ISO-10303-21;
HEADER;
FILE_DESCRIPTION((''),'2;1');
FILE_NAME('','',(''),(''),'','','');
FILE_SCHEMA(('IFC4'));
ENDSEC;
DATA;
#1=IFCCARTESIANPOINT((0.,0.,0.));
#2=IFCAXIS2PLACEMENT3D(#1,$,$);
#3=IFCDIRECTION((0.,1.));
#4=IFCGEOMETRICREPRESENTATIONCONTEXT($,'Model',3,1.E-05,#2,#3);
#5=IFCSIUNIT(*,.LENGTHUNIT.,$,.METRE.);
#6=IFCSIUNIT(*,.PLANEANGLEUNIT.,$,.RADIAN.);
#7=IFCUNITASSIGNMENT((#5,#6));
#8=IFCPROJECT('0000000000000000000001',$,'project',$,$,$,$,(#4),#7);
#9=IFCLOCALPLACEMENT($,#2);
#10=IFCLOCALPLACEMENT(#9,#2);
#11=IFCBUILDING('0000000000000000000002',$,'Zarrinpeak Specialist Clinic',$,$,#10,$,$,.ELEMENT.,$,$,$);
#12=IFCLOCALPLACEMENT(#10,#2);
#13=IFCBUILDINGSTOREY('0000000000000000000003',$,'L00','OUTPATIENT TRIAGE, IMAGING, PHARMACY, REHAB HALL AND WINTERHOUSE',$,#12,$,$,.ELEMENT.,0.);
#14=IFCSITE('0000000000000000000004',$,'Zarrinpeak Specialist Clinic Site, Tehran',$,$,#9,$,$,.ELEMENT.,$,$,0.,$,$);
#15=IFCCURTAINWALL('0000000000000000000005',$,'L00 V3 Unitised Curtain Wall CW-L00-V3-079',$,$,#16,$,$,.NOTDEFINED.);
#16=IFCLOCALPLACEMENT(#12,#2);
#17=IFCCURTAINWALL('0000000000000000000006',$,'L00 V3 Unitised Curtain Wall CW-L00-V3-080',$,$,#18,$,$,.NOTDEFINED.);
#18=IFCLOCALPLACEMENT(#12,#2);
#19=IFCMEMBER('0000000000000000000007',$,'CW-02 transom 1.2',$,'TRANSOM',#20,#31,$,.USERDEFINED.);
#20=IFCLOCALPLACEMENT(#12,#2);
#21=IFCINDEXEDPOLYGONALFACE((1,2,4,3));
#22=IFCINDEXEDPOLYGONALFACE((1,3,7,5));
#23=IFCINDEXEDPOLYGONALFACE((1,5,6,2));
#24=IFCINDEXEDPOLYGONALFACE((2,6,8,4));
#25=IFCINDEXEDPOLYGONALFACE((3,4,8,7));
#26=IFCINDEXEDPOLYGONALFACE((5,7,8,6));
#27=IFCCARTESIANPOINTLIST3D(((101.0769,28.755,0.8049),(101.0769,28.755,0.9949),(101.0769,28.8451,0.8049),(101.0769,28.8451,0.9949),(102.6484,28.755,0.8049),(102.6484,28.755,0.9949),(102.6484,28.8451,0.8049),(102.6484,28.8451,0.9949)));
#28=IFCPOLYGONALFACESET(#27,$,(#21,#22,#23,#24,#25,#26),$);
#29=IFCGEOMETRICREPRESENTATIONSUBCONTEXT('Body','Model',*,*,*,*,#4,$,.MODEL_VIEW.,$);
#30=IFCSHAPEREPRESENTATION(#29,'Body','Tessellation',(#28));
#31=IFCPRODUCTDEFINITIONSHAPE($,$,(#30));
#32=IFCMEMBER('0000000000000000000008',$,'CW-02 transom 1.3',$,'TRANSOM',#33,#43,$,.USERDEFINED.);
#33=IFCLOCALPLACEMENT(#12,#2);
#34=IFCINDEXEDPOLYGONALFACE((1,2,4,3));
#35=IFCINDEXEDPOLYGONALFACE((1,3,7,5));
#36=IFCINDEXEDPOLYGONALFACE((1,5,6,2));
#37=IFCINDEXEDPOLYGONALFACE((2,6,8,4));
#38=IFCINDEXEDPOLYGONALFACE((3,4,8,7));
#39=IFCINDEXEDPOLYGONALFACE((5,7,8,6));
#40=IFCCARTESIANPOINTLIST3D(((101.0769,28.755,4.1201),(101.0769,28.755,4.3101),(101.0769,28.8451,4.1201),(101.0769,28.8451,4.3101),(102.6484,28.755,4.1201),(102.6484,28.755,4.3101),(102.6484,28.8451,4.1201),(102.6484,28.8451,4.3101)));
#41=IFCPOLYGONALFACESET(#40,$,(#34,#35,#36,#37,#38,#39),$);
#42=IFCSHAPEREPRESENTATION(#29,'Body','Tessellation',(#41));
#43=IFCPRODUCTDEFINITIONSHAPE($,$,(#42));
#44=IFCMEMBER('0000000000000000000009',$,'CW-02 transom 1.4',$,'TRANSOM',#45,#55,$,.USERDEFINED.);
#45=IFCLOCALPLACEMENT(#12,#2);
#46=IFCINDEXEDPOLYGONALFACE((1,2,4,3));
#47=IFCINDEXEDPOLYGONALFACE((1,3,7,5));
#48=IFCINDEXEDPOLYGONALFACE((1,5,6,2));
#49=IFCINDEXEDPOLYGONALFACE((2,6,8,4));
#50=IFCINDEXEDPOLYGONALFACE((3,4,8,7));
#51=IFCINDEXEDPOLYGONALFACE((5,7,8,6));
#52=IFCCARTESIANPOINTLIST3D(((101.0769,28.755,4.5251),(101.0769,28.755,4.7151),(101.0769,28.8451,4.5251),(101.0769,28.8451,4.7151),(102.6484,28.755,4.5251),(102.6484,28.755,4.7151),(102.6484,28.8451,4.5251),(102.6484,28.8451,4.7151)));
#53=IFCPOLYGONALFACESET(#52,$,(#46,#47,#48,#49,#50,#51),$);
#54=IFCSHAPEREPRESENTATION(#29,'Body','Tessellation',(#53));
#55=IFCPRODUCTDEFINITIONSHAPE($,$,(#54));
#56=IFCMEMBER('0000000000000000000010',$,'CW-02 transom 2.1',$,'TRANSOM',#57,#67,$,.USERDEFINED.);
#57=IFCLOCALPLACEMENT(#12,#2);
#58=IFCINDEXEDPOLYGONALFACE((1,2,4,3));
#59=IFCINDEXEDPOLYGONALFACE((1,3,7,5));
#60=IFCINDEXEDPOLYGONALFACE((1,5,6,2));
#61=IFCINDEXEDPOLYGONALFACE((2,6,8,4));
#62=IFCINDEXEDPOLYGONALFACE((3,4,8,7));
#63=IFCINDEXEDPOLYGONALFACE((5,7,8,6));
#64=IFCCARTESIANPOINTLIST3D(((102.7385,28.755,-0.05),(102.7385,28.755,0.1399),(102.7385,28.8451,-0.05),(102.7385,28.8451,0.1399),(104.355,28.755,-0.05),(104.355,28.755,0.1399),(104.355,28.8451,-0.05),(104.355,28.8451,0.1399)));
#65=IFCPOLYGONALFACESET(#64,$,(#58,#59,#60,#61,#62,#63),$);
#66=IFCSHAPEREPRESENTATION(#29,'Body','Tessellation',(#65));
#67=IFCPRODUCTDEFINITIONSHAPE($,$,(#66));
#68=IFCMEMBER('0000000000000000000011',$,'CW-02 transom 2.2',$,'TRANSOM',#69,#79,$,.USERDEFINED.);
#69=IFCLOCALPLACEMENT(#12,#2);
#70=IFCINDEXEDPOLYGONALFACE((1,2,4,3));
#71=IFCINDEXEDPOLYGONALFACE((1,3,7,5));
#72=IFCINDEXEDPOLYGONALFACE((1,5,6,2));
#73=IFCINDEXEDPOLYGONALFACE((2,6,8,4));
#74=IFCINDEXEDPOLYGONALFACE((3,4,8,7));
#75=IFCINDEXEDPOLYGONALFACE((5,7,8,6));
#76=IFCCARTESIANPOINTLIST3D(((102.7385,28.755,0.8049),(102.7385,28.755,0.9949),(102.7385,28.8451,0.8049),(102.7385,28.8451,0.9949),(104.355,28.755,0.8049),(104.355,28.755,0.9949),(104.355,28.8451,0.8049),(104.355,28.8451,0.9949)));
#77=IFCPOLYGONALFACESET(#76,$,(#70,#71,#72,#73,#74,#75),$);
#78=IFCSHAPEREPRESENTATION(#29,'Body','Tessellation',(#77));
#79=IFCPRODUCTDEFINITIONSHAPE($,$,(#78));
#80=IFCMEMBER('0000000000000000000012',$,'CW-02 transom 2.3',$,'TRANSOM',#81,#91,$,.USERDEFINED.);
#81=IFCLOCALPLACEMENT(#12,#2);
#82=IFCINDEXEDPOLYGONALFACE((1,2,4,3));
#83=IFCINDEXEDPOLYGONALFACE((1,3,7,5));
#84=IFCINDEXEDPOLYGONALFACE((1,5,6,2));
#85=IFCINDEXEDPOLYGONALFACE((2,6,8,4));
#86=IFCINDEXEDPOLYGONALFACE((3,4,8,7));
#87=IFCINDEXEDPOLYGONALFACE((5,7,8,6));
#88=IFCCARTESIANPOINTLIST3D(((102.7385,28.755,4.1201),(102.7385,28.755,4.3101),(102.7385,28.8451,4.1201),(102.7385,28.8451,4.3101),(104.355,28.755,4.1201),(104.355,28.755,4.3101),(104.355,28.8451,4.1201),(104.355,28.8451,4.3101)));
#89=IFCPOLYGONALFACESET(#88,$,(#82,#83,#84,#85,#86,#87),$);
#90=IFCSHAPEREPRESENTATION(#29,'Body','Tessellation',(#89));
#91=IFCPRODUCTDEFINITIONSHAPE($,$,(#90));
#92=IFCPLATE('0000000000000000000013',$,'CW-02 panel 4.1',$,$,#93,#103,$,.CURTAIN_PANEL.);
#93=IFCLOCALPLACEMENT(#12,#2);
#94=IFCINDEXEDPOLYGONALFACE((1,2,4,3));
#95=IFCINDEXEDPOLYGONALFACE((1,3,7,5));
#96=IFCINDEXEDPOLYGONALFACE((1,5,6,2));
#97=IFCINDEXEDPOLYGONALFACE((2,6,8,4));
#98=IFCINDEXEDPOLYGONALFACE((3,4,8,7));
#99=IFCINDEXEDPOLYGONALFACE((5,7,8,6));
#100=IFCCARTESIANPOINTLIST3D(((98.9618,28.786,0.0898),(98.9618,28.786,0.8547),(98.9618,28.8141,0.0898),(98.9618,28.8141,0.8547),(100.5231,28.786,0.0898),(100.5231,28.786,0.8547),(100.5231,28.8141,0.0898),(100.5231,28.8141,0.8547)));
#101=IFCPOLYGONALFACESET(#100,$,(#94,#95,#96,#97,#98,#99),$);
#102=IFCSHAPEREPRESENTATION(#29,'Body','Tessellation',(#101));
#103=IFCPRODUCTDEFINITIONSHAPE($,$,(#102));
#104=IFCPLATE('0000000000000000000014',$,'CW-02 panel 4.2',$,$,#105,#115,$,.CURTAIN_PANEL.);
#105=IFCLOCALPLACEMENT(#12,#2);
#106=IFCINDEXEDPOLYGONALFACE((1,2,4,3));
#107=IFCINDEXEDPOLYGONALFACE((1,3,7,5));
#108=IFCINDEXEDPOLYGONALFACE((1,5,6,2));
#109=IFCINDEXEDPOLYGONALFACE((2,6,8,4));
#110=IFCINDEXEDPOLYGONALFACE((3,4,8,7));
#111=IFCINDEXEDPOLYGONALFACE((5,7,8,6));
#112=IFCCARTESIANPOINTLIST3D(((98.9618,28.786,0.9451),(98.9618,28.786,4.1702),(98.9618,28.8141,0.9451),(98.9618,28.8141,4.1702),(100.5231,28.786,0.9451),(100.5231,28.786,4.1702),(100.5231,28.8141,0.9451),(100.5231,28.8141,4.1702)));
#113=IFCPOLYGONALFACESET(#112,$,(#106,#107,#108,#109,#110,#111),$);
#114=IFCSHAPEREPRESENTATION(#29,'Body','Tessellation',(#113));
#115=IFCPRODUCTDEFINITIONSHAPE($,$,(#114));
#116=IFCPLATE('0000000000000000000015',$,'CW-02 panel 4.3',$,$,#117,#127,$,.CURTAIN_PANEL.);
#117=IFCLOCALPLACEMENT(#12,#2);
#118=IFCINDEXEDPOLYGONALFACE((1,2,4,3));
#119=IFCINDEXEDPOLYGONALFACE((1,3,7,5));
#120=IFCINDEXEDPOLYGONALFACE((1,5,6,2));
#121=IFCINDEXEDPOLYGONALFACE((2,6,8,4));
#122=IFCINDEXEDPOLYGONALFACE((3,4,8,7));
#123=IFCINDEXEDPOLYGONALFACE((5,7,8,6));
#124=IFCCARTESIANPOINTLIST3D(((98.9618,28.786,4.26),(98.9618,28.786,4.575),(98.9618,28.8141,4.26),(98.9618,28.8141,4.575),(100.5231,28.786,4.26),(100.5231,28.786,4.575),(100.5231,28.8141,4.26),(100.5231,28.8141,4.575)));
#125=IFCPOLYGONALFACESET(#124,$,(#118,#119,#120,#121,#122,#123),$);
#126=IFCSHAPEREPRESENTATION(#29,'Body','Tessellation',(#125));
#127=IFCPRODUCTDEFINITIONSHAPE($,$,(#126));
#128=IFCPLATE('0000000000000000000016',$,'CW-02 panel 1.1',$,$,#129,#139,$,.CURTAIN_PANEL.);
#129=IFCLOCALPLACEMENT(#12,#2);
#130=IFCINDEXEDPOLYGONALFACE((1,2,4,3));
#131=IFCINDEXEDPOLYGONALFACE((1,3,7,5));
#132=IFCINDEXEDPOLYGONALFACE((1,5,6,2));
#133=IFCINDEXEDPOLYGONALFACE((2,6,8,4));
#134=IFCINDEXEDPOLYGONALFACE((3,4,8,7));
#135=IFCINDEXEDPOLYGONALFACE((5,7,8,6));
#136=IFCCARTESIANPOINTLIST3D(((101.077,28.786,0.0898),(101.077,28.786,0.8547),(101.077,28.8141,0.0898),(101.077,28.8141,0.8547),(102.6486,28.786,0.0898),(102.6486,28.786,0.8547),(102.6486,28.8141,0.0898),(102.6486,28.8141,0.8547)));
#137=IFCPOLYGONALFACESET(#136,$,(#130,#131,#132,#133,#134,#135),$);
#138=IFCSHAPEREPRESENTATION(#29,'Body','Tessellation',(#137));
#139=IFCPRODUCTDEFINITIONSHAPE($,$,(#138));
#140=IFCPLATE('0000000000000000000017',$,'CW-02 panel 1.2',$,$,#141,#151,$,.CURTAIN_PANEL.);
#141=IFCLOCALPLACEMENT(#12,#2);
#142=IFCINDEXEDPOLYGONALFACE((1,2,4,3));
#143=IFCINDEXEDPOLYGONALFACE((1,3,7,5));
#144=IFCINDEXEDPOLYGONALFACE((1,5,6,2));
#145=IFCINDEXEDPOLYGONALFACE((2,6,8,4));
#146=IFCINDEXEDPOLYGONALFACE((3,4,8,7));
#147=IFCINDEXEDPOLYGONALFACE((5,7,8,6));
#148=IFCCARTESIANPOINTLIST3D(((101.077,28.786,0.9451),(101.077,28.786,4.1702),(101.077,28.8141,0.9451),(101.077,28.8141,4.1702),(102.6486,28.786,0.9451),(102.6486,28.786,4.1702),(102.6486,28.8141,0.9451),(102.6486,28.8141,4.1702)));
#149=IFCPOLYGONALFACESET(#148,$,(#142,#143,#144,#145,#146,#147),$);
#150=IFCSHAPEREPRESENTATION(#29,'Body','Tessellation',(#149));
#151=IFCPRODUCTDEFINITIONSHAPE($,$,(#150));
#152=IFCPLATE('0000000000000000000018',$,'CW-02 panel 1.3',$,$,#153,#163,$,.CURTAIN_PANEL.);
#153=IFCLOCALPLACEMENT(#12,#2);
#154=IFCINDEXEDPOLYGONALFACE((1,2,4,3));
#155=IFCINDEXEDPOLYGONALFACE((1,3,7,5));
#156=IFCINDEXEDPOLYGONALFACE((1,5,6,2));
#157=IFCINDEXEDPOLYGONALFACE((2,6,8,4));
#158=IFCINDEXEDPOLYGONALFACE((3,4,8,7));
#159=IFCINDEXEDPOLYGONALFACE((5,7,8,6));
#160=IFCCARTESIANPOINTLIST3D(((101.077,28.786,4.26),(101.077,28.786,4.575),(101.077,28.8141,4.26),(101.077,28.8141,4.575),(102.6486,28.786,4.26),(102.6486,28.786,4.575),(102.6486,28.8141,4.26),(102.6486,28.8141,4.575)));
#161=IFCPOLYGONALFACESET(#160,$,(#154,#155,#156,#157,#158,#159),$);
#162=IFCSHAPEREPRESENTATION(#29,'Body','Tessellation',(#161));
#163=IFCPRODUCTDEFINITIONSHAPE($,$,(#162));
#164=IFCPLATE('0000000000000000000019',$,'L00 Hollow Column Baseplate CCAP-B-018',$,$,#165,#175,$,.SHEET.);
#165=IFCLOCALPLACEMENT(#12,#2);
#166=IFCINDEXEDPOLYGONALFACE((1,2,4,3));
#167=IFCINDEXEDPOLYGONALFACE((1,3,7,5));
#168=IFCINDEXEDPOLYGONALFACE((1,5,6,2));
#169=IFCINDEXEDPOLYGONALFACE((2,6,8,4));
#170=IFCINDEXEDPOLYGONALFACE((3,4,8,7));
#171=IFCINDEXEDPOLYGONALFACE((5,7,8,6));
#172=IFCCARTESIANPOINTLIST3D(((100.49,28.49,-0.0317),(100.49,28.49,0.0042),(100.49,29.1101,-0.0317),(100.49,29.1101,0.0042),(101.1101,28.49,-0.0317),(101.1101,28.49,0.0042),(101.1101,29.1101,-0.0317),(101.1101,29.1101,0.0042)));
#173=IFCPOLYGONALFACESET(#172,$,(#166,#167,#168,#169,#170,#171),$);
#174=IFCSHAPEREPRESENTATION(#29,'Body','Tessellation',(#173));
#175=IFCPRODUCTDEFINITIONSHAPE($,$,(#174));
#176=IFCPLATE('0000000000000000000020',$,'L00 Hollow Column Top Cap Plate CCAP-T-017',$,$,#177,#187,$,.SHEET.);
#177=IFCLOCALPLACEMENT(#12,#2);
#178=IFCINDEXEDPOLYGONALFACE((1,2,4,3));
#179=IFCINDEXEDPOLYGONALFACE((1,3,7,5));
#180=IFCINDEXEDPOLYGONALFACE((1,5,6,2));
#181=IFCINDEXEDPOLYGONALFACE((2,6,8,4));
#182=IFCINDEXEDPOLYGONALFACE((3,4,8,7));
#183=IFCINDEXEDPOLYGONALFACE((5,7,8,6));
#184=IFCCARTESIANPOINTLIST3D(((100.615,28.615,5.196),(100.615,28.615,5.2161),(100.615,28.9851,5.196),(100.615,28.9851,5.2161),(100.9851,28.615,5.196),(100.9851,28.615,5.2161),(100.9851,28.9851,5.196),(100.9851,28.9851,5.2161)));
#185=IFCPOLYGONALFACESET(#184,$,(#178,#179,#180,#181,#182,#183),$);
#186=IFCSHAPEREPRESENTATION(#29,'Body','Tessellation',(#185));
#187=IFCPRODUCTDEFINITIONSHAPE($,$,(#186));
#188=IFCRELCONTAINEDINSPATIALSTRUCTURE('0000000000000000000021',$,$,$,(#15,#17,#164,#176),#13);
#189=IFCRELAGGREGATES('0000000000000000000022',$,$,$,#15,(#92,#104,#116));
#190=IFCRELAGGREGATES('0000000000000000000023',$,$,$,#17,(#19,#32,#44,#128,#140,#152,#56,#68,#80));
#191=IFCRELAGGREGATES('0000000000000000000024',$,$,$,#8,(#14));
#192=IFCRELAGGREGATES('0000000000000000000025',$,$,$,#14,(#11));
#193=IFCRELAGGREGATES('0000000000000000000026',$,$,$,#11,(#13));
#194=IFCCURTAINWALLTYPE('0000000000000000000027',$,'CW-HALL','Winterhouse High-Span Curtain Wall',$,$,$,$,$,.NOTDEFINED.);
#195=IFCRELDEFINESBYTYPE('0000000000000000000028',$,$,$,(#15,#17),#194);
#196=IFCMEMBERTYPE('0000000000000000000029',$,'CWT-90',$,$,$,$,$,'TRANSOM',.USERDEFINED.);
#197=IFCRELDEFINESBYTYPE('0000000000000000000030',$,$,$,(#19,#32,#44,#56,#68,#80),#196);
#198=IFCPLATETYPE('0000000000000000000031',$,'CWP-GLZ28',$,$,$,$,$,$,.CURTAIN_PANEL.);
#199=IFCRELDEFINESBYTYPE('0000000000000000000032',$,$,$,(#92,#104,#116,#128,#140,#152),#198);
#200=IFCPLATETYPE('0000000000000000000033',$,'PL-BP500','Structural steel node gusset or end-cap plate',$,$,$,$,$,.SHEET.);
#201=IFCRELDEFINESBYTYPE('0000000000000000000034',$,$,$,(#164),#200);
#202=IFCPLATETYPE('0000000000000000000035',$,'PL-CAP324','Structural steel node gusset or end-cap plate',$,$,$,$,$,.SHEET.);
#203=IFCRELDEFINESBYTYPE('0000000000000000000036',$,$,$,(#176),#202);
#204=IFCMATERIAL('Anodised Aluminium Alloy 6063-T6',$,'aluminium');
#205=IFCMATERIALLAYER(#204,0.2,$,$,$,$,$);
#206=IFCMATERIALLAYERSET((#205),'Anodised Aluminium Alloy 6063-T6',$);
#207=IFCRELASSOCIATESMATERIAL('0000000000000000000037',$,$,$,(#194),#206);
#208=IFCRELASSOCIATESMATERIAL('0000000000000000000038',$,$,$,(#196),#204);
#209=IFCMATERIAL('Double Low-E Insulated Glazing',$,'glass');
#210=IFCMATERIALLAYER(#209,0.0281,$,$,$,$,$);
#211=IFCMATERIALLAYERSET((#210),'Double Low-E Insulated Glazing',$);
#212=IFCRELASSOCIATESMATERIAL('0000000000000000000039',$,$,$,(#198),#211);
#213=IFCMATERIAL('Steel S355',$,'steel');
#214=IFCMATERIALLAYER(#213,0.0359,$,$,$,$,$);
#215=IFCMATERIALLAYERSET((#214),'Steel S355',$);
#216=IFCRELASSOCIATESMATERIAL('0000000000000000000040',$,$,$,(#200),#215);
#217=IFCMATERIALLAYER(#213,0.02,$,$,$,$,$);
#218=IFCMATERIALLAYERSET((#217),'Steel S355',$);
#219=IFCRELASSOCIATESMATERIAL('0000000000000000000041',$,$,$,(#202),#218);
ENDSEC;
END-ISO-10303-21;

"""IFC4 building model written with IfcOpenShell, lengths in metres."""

from ifc_helpers import new_model, si_unit, direction, frame, origin, origin_2d, place, context, subcontext, project, spatial, rectangle, extrude, material, layer, layer_set, material_profile, profile_set, type_object, element, aggregate, save


model = new_model("IFC4")

# Units and contexts
model_context = context("Model", 3, precision=1e-05, world=origin(), true_north=direction((0.0, 1.0)))
body_context = subcontext(model_context, "Body", "Model", "MODEL_VIEW")
ifc_project = project(units=[si_unit("LENGTHUNIT", "METRE"), si_unit("PLANEANGLEUNIT", "RADIAN")], contexts=[model_context])

# Site, building, storey
site_placement = place(None, origin())
site = spatial("IfcSite", under=ifc_project, at=site_placement, Name="Zarrinpeak Specialist Clinic Site, Tehran", CompositionType="ELEMENT", RefElevation=0.0)
building_placement = place(site_placement, origin())
building = spatial("IfcBuilding", under=site, at=building_placement, Name="Zarrinpeak Specialist Clinic", CompositionType="ELEMENT")
storey_placement = place(building_placement, origin())
storey = spatial("IfcBuildingStorey", under=building, at=storey_placement, Name="L00", Description="OUTPATIENT TRIAGE, IMAGING, PHARMACY, REHAB HALL AND WINTERHOUSE", CompositionType="ELEMENT", Elevation=0.0)

# Shared definitions
ifc_material_1 = material(Name="Steel S355", Category="steel")

# Curtain wall
ifc_material_2 = material(Name="Anodised Aluminium Alloy 6063-T6", Category="aluminium")
ifc_layer_1 = layer(ifc_material_2, 0.2)
ifc_layer_set_1 = layer_set([ifc_layer_1], Name="Anodised Aluminium Alloy 6063-T6")
curtain_wall_type = type_object("IfcCurtainWallType", Name="CW-HALL", Description="Winterhouse High-Span Curtain Wall", PredefinedType="NOTDEFINED", material=ifc_layer_set_1)
curtain_wall_1_placement = place(storey_placement, origin())
curtain_wall_1 = element("IfcCurtainWall", 1, at=curtain_wall_1_placement, inside=storey, type_object=curtain_wall_type, Name="L00 V3 Unitised Curtain Wall CW-L00-V3-079", PredefinedType="NOTDEFINED")

# Curtain wall
curtain_wall_2_placement = place(storey_placement, origin())
curtain_wall_2 = element("IfcCurtainWall", 2, at=curtain_wall_2_placement, inside=storey, type_object=curtain_wall_type, Name="L00 V3 Unitised Curtain Wall CW-L00-V3-080", PredefinedType="NOTDEFINED")

# Members
ifc_material_profile_1 = material_profile(ifc_material_2, rectangle(XDim=0.0901, YDim=0.1899, at=origin_2d()), Name="ALU 90x190")
ifc_profile_set_1 = profile_set([ifc_material_profile_1], Name="Anodised Aluminium Alloy 6063-T6")
member_type_1 = type_object("IfcMemberType", Name="CWT-90", ElementType="TRANSOM", PredefinedType="USERDEFINED", material=ifc_profile_set_1)
member_1_placement = place(storey_placement, frame((101.0769, 28.8, 0.8999), z_axis=(1.0, 0.0, 0.0), x_axis=(0.0, 1.0, 0.0)))
member_1 = element("IfcMember", 3, at=member_1_placement, type_object=member_type_1, Name="CW-02 transom 1.2", ObjectType="TRANSOM", PredefinedType="USERDEFINED", context=body_context, shape_type="SweptSolid", body=[
    extrude(rectangle(XDim=0.0901, YDim=0.1899, at=origin_2d()), origin(), (0.0, 0.0, 1.0), 1.5715),
])
member_2_placement = place(storey_placement, frame((101.0769, 28.8, 4.2151), z_axis=(1.0, 0.0, 0.0), x_axis=(0.0, 1.0, 0.0)))
member_2 = element("IfcMember", 4, at=member_2_placement, type_object=member_type_1, Name="CW-02 transom 1.3", ObjectType="TRANSOM", PredefinedType="USERDEFINED", context=body_context, shape_type="SweptSolid", body=[
    extrude(rectangle(XDim=0.0901, YDim=0.1899, at=origin_2d()), origin(), (0.0, 0.0, 1.0), 1.5715),
])
member_3_placement = place(storey_placement, frame((101.0769, 28.8, 4.6201), z_axis=(1.0, 0.0, 0.0), x_axis=(0.0, 1.0, 0.0)))
member_3 = element("IfcMember", 5, at=member_3_placement, type_object=member_type_1, Name="CW-02 transom 1.4", ObjectType="TRANSOM", PredefinedType="USERDEFINED", context=body_context, shape_type="SweptSolid", body=[
    extrude(rectangle(XDim=0.0901, YDim=0.1899, at=origin_2d()), origin(), (0.0, 0.0, 1.0), 1.5715),
])
member_4_placement = place(storey_placement, frame((102.7385, 28.8, 0.0449), z_axis=(1.0, 0.0, 0.0), x_axis=(0.0, 1.0, 0.0)))
member_4 = element("IfcMember", 6, at=member_4_placement, type_object=member_type_1, Name="CW-02 transom 2.1", ObjectType="TRANSOM", PredefinedType="USERDEFINED", context=body_context, shape_type="SweptSolid", body=[
    extrude(rectangle(XDim=0.0901, YDim=0.1899, at=origin_2d()), origin(), (0.0, 0.0, 1.0), 1.6165),
])
member_5_placement = place(storey_placement, frame((102.7385, 28.8, 0.8999), z_axis=(1.0, 0.0, 0.0), x_axis=(0.0, 1.0, 0.0)))
member_5 = element("IfcMember", 7, at=member_5_placement, type_object=member_type_1, Name="CW-02 transom 2.2", ObjectType="TRANSOM", PredefinedType="USERDEFINED", context=body_context, shape_type="SweptSolid", body=[
    extrude(rectangle(XDim=0.0901, YDim=0.1899, at=origin_2d()), origin(), (0.0, 0.0, 1.0), 1.6165),
])
member_6_placement = place(storey_placement, frame((102.7385, 28.8, 4.2151), z_axis=(1.0, 0.0, 0.0), x_axis=(0.0, 1.0, 0.0)))
member_6 = element("IfcMember", 8, at=member_6_placement, type_object=member_type_1, Name="CW-02 transom 2.3", ObjectType="TRANSOM", PredefinedType="USERDEFINED", context=body_context, shape_type="SweptSolid", body=[
    extrude(rectangle(XDim=0.0901, YDim=0.1899, at=origin_2d()), origin(), (0.0, 0.0, 1.0), 1.6165),
])

# Plates
ifc_material_3 = material(Name="Double Low-E Insulated Glazing", Category="glass")
ifc_layer_2 = layer(ifc_material_3, 0.0281)
ifc_layer_set_2 = layer_set([ifc_layer_2], Name="Double Low-E Insulated Glazing")
plate_type_1 = type_object("IfcPlateType", Name="CWP-GLZ28", PredefinedType="CURTAIN_PANEL", material=ifc_layer_set_2)
plate_1_placement = place(storey_placement, frame((99.7424, 28.8, 0.0898), z_axis=(0.0, 0.0, 1.0), x_axis=(1.0, 0.0, 0.0)))
plate_1 = element("IfcPlate", 9, at=plate_1_placement, type_object=plate_type_1, Name="CW-02 panel 4.1", PredefinedType="CURTAIN_PANEL", context=body_context, shape_type="SweptSolid", body=[
    extrude(rectangle(XDim=1.5613, YDim=0.0281, at=origin_2d()), origin(), (0.0, 0.0, 1.0), 0.7649),
])
plate_2_placement = place(storey_placement, frame((99.7424, 28.8, 0.9451), z_axis=(0.0, 0.0, 1.0), x_axis=(1.0, 0.0, 0.0)))
plate_2 = element("IfcPlate", 10, at=plate_2_placement, type_object=plate_type_1, Name="CW-02 panel 4.2", PredefinedType="CURTAIN_PANEL", context=body_context, shape_type="SweptSolid", body=[
    extrude(rectangle(XDim=1.5613, YDim=0.0281, at=origin_2d()), origin(), (0.0, 0.0, 1.0), 3.2251),
])
plate_3_placement = place(storey_placement, frame((99.7424, 28.8, 4.26), z_axis=(0.0, 0.0, 1.0), x_axis=(1.0, 0.0, 0.0)))
plate_3 = element("IfcPlate", 11, at=plate_3_placement, type_object=plate_type_1, Name="CW-02 panel 4.3", PredefinedType="CURTAIN_PANEL", context=body_context, shape_type="SweptSolid", body=[
    extrude(rectangle(XDim=1.5613, YDim=0.0281, at=origin_2d()), origin(), (0.0, 0.0, 1.0), 0.3149),
])
aggregate(curtain_wall_1, [plate_1, plate_2, plate_3])
plate_4_placement = place(storey_placement, frame((101.8628, 28.8, 0.0898), z_axis=(0.0, 0.0, 1.0), x_axis=(1.0, 0.0, 0.0)))
plate_4 = element("IfcPlate", 12, at=plate_4_placement, type_object=plate_type_1, Name="CW-02 panel 1.1", PredefinedType="CURTAIN_PANEL", context=body_context, shape_type="SweptSolid", body=[
    extrude(rectangle(XDim=1.5715, YDim=0.0281, at=origin_2d()), origin(), (0.0, 0.0, 1.0), 0.7649),
])
plate_5_placement = place(storey_placement, frame((101.8628, 28.8, 0.9451), z_axis=(0.0, 0.0, 1.0), x_axis=(1.0, 0.0, 0.0)))
plate_5 = element("IfcPlate", 13, at=plate_5_placement, type_object=plate_type_1, Name="CW-02 panel 1.2", PredefinedType="CURTAIN_PANEL", context=body_context, shape_type="SweptSolid", body=[
    extrude(rectangle(XDim=1.5715, YDim=0.0281, at=origin_2d()), origin(), (0.0, 0.0, 1.0), 3.2251),
])
plate_6_placement = place(storey_placement, frame((101.8628, 28.8, 4.26), z_axis=(0.0, 0.0, 1.0), x_axis=(1.0, 0.0, 0.0)))
plate_6 = element("IfcPlate", 14, at=plate_6_placement, type_object=plate_type_1, Name="CW-02 panel 1.3", PredefinedType="CURTAIN_PANEL", context=body_context, shape_type="SweptSolid", body=[
    extrude(rectangle(XDim=1.5715, YDim=0.0281, at=origin_2d()), origin(), (0.0, 0.0, 1.0), 0.3149),
])
aggregate(curtain_wall_2, [member_1, member_2, member_3, plate_4, plate_5, plate_6, member_4, member_5, member_6])

# Plates
ifc_layer_3 = layer(ifc_material_1, 0.0359)
ifc_layer_set_3 = layer_set([ifc_layer_3], Name="Steel S355")
plate_type_2 = type_object("IfcPlateType", Name="PL-BP500", Description="Structural steel node gusset or end-cap plate", PredefinedType="SHEET", material=ifc_layer_set_3)
plate_7_placement = place(storey_placement, frame((100.8, 28.8, -0.0317), z_axis=(0.0, 0.0, 1.0), x_axis=(1.0, 0.0, 0.0)))
element("IfcPlate", 15, at=plate_7_placement, inside=storey, type_object=plate_type_2, Name="L00 Hollow Column Baseplate CCAP-B-018", PredefinedType="SHEET", context=body_context, shape_type="SweptSolid", body=[
    extrude(rectangle(XDim=0.6201, YDim=0.6201, at=origin_2d()), origin(), (0.0, 0.0, 1.0), 0.0359),
])
ifc_layer_4 = layer(ifc_material_1, 0.02)
ifc_layer_set_4 = layer_set([ifc_layer_4], Name="Steel S355")
plate_type_3 = type_object("IfcPlateType", Name="PL-CAP324", Description="Structural steel node gusset or end-cap plate", PredefinedType="SHEET", material=ifc_layer_set_4)
plate_8_placement = place(storey_placement, frame((100.8, 28.8, 5.196), z_axis=(0.0, 0.0, 1.0), x_axis=(1.0, 0.0, 0.0)))
element("IfcPlate", 16, at=plate_8_placement, inside=storey, type_object=plate_type_3, Name="L00 Hollow Column Top Cap Plate CCAP-T-017", PredefinedType="SHEET", context=body_context, shape_type="SweptSolid", body=[
    extrude(rectangle(XDim=0.3701, YDim=0.3701, at=origin_2d()), origin(), (0.0, 0.0, 1.0), 0.02),
])

save(model, "model.ifc")
